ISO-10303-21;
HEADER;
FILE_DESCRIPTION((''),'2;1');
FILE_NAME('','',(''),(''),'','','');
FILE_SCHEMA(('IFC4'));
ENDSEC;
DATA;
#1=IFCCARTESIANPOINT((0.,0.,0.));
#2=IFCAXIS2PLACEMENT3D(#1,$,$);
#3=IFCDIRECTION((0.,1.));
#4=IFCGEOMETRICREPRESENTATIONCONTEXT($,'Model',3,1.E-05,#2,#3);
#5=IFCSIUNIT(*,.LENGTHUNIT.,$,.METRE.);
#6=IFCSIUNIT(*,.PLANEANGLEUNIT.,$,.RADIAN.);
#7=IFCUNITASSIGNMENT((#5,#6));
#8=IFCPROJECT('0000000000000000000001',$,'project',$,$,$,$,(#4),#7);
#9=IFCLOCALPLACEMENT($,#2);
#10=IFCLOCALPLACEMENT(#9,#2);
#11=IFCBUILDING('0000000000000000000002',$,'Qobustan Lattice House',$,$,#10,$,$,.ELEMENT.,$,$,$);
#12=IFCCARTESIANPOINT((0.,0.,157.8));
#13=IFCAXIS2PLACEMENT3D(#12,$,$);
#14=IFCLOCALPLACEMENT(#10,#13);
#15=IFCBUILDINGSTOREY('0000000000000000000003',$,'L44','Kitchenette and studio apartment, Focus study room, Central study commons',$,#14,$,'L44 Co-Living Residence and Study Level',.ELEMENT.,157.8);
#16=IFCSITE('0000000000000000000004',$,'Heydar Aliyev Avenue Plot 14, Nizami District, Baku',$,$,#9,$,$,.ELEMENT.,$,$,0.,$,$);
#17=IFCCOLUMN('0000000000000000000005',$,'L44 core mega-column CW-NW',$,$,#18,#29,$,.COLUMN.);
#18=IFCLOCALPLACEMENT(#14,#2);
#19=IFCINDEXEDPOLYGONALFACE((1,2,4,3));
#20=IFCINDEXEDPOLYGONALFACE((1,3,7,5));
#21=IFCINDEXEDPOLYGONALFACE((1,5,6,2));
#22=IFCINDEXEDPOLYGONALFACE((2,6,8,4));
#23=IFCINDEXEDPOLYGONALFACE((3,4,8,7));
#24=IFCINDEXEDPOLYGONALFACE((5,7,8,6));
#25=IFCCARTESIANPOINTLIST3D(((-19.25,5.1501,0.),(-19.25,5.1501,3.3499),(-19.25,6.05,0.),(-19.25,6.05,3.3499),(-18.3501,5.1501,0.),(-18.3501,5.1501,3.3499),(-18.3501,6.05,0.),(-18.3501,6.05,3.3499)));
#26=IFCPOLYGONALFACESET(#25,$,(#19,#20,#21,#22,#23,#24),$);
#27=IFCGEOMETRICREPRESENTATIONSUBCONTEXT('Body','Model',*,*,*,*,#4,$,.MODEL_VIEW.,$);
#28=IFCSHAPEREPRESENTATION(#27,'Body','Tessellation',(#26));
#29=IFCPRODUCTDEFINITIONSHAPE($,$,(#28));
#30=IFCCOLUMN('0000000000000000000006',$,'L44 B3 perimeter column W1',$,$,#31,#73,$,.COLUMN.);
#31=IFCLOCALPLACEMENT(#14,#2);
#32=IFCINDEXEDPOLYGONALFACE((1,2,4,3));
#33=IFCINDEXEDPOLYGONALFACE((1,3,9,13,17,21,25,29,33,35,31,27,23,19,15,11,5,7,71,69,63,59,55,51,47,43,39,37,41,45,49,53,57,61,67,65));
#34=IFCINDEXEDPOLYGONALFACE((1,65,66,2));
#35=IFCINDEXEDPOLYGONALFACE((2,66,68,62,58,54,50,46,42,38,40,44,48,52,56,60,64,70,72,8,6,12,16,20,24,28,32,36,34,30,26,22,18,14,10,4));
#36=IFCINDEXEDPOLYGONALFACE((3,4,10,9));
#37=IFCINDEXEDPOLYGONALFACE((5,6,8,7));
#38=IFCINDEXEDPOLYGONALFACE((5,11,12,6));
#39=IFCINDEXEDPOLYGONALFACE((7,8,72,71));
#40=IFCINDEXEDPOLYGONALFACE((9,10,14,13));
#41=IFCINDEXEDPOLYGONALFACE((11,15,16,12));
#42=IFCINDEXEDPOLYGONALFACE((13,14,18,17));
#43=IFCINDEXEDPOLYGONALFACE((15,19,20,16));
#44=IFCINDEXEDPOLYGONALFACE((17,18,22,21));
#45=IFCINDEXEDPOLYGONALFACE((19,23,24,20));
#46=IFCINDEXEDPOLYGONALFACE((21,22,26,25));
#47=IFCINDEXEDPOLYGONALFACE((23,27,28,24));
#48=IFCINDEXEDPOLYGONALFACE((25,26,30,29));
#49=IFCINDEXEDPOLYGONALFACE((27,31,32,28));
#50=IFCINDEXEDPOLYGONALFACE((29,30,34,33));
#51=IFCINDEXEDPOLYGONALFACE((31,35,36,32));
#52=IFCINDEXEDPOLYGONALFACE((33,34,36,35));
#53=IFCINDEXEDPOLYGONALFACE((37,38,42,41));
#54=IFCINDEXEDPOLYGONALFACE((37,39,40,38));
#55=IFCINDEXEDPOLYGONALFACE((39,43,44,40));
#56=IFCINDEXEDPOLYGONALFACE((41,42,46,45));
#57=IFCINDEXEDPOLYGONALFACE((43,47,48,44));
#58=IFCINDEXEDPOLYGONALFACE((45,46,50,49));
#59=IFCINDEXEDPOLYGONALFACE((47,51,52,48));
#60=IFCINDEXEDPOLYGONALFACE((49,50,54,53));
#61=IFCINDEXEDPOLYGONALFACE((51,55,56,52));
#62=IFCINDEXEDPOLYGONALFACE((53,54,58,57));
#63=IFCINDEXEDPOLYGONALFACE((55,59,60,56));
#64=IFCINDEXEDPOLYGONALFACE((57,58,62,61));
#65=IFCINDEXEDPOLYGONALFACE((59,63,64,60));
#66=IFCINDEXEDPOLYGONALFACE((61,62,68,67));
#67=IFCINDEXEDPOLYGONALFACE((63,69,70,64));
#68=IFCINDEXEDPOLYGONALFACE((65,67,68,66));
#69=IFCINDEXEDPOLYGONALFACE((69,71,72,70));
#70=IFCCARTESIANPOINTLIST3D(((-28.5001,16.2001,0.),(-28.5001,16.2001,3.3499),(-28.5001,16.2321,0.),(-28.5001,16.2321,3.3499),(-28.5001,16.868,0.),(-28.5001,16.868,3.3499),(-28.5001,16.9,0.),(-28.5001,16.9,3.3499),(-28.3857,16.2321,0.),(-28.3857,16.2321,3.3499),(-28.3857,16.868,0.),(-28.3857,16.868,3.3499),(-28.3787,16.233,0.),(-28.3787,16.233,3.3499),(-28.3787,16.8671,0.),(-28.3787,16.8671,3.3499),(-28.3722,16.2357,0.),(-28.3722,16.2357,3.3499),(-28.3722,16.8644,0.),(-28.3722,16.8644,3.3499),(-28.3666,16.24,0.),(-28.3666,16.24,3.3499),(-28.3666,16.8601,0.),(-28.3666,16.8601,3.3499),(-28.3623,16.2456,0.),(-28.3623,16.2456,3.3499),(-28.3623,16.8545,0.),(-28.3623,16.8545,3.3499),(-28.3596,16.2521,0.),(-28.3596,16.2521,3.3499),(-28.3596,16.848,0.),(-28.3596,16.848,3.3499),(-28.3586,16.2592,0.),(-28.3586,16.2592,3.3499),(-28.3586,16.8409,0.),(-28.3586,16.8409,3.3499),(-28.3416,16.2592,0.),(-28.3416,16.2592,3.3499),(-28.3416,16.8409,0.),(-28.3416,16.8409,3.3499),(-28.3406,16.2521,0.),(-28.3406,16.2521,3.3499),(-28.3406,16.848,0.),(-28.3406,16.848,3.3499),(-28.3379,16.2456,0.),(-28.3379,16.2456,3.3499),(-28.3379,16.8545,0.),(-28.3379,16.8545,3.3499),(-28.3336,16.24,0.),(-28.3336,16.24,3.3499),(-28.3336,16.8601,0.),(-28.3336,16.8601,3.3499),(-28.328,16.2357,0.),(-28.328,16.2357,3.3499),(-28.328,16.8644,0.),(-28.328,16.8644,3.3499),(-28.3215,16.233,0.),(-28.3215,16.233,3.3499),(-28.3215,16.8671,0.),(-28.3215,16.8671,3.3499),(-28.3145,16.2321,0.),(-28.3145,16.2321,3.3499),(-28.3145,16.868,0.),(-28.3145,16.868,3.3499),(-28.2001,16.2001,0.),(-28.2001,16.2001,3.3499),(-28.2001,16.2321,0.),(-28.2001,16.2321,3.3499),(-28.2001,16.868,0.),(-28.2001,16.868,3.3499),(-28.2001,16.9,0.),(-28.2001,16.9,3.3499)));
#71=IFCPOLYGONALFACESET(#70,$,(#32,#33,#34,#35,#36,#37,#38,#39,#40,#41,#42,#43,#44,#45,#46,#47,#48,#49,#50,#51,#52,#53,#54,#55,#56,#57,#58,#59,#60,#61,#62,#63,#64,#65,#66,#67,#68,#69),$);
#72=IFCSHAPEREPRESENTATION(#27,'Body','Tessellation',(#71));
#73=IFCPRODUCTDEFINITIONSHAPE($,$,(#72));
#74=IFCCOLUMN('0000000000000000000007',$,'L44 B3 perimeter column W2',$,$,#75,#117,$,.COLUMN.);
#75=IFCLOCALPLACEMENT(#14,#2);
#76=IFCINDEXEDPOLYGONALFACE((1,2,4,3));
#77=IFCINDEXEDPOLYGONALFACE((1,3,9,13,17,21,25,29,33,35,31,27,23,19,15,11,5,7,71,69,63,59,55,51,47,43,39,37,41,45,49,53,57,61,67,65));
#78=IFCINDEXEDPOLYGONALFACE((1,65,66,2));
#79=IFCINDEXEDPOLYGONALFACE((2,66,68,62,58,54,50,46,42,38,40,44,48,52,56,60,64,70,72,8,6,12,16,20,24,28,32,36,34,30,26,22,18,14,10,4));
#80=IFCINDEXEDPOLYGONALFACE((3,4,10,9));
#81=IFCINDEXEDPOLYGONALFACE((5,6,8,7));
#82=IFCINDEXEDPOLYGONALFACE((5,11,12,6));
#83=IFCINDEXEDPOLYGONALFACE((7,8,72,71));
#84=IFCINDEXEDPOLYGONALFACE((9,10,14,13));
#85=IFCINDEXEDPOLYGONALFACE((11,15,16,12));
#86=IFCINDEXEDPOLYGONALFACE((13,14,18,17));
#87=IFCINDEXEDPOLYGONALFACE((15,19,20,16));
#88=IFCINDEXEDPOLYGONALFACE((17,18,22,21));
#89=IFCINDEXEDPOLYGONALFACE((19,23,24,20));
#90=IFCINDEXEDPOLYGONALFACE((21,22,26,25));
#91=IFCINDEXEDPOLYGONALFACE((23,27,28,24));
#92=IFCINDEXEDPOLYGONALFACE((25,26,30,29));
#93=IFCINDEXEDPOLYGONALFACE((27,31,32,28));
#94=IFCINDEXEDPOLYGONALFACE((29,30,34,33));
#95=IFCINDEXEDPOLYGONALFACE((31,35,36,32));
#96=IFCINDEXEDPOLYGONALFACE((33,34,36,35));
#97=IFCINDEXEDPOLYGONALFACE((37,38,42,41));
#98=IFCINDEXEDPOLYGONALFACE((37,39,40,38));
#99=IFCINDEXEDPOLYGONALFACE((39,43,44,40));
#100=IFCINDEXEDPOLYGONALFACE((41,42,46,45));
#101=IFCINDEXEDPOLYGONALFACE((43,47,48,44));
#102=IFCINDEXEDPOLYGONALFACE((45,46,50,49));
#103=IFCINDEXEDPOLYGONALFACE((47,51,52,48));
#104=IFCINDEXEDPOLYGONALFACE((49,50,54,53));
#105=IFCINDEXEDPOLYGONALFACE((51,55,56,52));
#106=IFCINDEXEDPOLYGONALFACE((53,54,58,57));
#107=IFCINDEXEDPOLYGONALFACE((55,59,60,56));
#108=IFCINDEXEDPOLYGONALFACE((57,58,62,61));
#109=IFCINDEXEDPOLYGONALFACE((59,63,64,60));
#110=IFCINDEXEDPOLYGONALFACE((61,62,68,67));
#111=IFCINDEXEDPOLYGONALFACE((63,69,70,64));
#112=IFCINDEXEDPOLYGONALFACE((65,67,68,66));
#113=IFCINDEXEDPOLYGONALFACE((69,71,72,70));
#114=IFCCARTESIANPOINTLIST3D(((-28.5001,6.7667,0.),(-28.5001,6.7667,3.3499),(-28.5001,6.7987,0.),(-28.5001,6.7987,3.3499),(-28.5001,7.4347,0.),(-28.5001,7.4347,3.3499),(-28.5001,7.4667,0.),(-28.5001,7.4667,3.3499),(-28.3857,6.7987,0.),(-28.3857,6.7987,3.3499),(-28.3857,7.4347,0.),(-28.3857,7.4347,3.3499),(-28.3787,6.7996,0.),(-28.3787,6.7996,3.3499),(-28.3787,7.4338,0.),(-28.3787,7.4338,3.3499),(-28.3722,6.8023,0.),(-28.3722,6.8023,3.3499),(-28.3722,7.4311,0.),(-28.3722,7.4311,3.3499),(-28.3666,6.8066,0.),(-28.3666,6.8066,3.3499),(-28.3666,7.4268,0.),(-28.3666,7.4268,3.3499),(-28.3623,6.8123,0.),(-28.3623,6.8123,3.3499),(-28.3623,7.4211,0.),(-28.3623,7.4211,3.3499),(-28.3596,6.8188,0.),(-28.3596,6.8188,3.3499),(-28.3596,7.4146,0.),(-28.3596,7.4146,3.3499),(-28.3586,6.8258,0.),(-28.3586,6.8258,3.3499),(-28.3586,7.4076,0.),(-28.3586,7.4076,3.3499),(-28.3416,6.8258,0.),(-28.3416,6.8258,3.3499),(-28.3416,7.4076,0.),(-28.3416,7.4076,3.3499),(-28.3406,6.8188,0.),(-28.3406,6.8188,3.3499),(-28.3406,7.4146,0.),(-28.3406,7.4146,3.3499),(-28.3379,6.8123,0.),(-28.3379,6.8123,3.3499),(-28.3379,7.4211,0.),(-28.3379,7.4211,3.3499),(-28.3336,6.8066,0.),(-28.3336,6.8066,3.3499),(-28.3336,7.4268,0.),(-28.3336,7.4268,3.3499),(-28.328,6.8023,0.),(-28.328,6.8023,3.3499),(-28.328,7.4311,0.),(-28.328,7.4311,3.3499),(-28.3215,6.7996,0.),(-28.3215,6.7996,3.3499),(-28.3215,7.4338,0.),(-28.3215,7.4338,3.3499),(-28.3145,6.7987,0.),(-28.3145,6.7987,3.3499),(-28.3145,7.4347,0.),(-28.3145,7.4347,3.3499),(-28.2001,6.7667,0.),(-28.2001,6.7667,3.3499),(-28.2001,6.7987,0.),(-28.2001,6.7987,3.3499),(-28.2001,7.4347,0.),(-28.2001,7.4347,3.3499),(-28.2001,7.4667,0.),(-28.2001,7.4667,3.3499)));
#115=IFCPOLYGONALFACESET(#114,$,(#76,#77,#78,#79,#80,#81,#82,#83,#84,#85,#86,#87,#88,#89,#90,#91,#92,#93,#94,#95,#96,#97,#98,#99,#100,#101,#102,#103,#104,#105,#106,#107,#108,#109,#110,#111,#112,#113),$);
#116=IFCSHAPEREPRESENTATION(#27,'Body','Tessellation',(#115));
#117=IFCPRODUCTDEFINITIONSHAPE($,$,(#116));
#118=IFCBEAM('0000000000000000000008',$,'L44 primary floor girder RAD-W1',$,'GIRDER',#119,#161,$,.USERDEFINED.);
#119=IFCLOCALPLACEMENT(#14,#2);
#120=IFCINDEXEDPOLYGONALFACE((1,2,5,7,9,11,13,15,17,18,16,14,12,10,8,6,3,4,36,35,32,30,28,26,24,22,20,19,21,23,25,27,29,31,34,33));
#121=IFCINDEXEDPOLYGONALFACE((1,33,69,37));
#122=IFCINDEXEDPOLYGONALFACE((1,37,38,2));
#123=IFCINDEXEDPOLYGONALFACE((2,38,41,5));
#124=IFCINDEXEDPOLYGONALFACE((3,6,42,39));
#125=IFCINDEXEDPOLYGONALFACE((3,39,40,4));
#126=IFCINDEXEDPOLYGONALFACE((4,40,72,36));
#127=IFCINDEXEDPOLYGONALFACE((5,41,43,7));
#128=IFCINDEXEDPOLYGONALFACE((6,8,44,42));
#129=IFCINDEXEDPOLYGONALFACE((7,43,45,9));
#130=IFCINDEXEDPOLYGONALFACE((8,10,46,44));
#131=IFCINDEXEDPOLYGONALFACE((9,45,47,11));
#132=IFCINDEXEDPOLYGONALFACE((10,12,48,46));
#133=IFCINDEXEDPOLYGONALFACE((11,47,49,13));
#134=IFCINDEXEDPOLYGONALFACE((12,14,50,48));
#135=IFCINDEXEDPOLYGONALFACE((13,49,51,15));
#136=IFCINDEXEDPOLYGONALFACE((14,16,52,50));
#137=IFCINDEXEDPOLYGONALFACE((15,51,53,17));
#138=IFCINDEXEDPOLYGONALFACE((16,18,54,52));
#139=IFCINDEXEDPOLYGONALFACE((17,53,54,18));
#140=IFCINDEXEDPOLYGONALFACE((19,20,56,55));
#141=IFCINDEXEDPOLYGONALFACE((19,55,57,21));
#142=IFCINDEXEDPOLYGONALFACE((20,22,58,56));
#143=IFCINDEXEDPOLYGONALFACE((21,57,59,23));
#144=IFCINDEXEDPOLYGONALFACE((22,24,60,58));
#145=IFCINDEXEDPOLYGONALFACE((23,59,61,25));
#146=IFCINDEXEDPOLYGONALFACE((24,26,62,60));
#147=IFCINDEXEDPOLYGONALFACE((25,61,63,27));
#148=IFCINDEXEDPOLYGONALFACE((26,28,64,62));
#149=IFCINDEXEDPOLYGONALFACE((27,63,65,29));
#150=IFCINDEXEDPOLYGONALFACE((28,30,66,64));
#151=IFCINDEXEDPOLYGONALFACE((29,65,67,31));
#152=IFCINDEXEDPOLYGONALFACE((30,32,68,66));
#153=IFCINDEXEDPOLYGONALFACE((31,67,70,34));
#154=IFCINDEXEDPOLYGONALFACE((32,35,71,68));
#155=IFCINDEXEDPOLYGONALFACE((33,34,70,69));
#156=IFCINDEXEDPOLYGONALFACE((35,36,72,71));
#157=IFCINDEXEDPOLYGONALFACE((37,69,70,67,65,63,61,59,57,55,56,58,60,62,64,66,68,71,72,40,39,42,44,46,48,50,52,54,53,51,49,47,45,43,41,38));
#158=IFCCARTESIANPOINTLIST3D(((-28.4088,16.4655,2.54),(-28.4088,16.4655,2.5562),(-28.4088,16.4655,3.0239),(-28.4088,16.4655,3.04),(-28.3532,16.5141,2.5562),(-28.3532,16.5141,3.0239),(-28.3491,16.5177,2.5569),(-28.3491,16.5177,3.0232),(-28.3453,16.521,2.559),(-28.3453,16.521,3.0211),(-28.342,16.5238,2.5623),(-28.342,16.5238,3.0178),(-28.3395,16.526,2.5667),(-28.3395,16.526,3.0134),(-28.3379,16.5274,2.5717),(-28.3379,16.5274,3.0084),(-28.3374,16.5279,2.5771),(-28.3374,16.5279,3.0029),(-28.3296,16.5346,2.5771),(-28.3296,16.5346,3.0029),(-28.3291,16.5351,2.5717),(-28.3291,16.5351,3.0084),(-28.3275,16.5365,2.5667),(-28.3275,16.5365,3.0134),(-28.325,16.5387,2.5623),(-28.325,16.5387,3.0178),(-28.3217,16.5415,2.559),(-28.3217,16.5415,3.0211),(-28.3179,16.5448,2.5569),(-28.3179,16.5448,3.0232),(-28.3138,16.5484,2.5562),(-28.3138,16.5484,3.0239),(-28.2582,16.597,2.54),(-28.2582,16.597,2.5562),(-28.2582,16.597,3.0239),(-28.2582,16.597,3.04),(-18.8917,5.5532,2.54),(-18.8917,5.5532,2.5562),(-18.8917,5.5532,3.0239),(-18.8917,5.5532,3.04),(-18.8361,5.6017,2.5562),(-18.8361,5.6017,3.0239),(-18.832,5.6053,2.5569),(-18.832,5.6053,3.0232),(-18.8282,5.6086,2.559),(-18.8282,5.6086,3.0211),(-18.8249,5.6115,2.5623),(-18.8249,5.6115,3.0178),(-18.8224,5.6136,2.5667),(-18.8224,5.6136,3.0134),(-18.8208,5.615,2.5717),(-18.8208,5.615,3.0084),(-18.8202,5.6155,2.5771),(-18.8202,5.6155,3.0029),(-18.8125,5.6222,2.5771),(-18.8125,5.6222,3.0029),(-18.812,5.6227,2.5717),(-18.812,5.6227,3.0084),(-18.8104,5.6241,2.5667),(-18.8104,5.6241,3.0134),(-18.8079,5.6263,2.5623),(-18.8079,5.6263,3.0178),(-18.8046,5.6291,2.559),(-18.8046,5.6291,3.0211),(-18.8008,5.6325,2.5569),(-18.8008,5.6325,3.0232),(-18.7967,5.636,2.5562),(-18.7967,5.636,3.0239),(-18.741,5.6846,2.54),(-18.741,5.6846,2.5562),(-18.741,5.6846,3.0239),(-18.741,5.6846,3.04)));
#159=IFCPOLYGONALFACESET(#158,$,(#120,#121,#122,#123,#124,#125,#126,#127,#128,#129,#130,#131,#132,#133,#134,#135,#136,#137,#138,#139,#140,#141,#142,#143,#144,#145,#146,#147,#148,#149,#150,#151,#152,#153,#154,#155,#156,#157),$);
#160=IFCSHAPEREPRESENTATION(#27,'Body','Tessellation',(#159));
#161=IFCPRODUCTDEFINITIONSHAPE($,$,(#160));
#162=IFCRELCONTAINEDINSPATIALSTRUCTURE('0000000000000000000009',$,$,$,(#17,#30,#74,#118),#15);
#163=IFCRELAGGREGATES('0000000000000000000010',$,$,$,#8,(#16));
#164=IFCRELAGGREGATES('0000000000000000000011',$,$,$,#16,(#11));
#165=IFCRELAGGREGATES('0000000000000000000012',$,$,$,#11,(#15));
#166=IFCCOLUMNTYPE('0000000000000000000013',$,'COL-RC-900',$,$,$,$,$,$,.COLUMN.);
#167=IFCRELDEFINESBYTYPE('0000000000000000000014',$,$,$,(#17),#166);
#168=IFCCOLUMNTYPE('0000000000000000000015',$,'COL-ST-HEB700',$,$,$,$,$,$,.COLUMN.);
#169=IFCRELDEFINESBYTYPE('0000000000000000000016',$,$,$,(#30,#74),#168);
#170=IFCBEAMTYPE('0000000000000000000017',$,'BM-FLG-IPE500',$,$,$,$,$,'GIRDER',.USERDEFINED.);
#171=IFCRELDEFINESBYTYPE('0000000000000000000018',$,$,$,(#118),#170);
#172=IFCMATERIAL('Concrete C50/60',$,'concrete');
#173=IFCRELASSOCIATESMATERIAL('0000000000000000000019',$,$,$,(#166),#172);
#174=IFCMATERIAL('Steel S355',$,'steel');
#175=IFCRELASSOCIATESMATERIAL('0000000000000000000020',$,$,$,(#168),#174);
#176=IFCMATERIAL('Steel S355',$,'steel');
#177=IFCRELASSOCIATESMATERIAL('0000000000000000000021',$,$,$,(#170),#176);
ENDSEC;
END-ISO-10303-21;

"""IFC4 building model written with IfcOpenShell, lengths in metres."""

from ifc_helpers import new_model, si_unit, direction, frame, origin, origin_2d, place, context, subcontext, project, spatial, rectangle, i_section, extrude, material, material_profile, profile_set, type_object, element, save


model = new_model("IFC4")

# Units and contexts
model_context = context("Model", 3, precision=1e-05, world=origin(), true_north=direction((0.0, 1.0)))
body_context = subcontext(model_context, "Body", "Model", "MODEL_VIEW")
ifc_project = project(units=[si_unit("LENGTHUNIT", "METRE"), si_unit("PLANEANGLEUNIT", "RADIAN")], contexts=[model_context])

# Site, building, storey
site_placement = place(None, origin())
site = spatial("IfcSite", under=ifc_project, at=site_placement, Name="Heydar Aliyev Avenue Plot 14, Nizami District, Baku", CompositionType="ELEMENT", RefElevation=0.0)
building_placement = place(site_placement, origin())
building = spatial("IfcBuilding", under=site, at=building_placement, Name="Qobustan Lattice House", CompositionType="ELEMENT")
storey_placement = place(building_placement, frame((0.0, 0.0, 157.8)))
storey = spatial("IfcBuildingStorey", under=building, at=storey_placement, Name="L44", Description="Kitchenette and studio apartment, Focus study room, Central study commons", LongName="L44 Co-Living Residence and Study Level", CompositionType="ELEMENT", Elevation=157.8)

# Columns
ifc_material_1 = material(Name="Concrete C50/60", Category="concrete")
ifc_material_profile_1 = material_profile(ifc_material_1, rectangle(XDim=0.8999, YDim=0.8999, at=origin_2d()), Name="RC900x900")
ifc_profile_set_1 = profile_set([ifc_material_profile_1], Name="Concrete C50/60")
column_type_1 = type_object("IfcColumnType", Name="COL-RC-900", PredefinedType="COLUMN", material=ifc_profile_set_1)
column_placement = place(storey_placement, frame((-18.8, 5.6001, 0.0), z_axis=(0.0, 0.0, 1.0), x_axis=(1.0, 0.0, 0.0)))
element("IfcColumn", 1, at=column_placement, inside=storey, type_object=column_type_1, Name="L44 core mega-column CW-NW", PredefinedType="COLUMN", context=body_context, shape_type="SweptSolid", body=[
    extrude(rectangle(XDim=0.8999, YDim=0.8999, at=origin_2d()), origin(), (0.0, 0.0, 1.0), 3.3499),
])
ifc_material_2 = material(Name="Steel S355", Category="steel")
ifc_material_profile_2 = material_profile(ifc_material_2, i_section(OverallWidth=0.3, OverallDepth=0.7, WebThickness=0.0171, FlangeThickness=0.032, FilletRadius=0.0271, at=origin_2d()), Name="HEB700")
ifc_profile_set_2 = profile_set([ifc_material_profile_2], Name="Steel S355")
column_type_2 = type_object("IfcColumnType", Name="COL-ST-HEB700", PredefinedType="COLUMN", material=ifc_profile_set_2)
for number, where, z_axis, x_axis, name in (
    (2, (-28.3501, 16.55, 0.0), (0.0, 0.0, 1.0), (1.0, 0.0, 0.0), "L44 B3 perimeter column W1"),
    (3, (-28.3501, 7.1167, 0.0), (0.0, 0.0, 1.0), (1.0, 0.0, 0.0), "L44 B3 perimeter column W2"),
):
    element("IfcColumn", number, at=place(storey_placement, frame(where, z_axis=z_axis, x_axis=x_axis)), inside=storey, type_object=column_type_2, Name=name, PredefinedType="COLUMN", context=body_context, shape_type="SweptSolid", body=[
        extrude(i_section(OverallWidth=0.3, OverallDepth=0.7, WebThickness=0.0171, FlangeThickness=0.032, FilletRadius=0.0271, at=origin_2d()), origin(), (0.0, 0.0, 1.0), 3.3499),
    ])

# Beam
ifc_material_3 = material(Name="Steel S355", Category="steel")
ifc_material_profile_3 = material_profile(ifc_material_3, i_section(OverallWidth=0.2, OverallDepth=0.5, WebThickness=0.0103, FlangeThickness=0.0161, FilletRadius=0.021, at=origin_2d()), Name="IPE500")
ifc_profile_set_3 = profile_set([ifc_material_profile_3], Name="Steel S355")
beam_type_1 = type_object("IfcBeamType", Name="BM-FLG-IPE500", ElementType="GIRDER", PredefinedType="USERDEFINED", material=ifc_profile_set_3)
beam_1_placement = place(storey_placement, frame((-28.3335, 16.5312, 2.79), z_axis=(0.657283, -0.753644, 0.0), x_axis=(0.753644, 0.657283, 0.0)))
element("IfcBeam", 4, at=beam_1_placement, inside=storey, type_object=beam_type_1, Name="L44 primary floor girder RAD-W1", ObjectType="GIRDER", PredefinedType="USERDEFINED", context=body_context, shape_type="SweptSolid", body=[
    extrude(i_section(OverallWidth=0.2, OverallDepth=0.5, WebThickness=0.0103, FlangeThickness=0.0161, FilletRadius=0.021, at=origin_2d()), origin(), (0.0, 0.0, 1.0), 14.4795),
])

save(model, "model.ifc")
